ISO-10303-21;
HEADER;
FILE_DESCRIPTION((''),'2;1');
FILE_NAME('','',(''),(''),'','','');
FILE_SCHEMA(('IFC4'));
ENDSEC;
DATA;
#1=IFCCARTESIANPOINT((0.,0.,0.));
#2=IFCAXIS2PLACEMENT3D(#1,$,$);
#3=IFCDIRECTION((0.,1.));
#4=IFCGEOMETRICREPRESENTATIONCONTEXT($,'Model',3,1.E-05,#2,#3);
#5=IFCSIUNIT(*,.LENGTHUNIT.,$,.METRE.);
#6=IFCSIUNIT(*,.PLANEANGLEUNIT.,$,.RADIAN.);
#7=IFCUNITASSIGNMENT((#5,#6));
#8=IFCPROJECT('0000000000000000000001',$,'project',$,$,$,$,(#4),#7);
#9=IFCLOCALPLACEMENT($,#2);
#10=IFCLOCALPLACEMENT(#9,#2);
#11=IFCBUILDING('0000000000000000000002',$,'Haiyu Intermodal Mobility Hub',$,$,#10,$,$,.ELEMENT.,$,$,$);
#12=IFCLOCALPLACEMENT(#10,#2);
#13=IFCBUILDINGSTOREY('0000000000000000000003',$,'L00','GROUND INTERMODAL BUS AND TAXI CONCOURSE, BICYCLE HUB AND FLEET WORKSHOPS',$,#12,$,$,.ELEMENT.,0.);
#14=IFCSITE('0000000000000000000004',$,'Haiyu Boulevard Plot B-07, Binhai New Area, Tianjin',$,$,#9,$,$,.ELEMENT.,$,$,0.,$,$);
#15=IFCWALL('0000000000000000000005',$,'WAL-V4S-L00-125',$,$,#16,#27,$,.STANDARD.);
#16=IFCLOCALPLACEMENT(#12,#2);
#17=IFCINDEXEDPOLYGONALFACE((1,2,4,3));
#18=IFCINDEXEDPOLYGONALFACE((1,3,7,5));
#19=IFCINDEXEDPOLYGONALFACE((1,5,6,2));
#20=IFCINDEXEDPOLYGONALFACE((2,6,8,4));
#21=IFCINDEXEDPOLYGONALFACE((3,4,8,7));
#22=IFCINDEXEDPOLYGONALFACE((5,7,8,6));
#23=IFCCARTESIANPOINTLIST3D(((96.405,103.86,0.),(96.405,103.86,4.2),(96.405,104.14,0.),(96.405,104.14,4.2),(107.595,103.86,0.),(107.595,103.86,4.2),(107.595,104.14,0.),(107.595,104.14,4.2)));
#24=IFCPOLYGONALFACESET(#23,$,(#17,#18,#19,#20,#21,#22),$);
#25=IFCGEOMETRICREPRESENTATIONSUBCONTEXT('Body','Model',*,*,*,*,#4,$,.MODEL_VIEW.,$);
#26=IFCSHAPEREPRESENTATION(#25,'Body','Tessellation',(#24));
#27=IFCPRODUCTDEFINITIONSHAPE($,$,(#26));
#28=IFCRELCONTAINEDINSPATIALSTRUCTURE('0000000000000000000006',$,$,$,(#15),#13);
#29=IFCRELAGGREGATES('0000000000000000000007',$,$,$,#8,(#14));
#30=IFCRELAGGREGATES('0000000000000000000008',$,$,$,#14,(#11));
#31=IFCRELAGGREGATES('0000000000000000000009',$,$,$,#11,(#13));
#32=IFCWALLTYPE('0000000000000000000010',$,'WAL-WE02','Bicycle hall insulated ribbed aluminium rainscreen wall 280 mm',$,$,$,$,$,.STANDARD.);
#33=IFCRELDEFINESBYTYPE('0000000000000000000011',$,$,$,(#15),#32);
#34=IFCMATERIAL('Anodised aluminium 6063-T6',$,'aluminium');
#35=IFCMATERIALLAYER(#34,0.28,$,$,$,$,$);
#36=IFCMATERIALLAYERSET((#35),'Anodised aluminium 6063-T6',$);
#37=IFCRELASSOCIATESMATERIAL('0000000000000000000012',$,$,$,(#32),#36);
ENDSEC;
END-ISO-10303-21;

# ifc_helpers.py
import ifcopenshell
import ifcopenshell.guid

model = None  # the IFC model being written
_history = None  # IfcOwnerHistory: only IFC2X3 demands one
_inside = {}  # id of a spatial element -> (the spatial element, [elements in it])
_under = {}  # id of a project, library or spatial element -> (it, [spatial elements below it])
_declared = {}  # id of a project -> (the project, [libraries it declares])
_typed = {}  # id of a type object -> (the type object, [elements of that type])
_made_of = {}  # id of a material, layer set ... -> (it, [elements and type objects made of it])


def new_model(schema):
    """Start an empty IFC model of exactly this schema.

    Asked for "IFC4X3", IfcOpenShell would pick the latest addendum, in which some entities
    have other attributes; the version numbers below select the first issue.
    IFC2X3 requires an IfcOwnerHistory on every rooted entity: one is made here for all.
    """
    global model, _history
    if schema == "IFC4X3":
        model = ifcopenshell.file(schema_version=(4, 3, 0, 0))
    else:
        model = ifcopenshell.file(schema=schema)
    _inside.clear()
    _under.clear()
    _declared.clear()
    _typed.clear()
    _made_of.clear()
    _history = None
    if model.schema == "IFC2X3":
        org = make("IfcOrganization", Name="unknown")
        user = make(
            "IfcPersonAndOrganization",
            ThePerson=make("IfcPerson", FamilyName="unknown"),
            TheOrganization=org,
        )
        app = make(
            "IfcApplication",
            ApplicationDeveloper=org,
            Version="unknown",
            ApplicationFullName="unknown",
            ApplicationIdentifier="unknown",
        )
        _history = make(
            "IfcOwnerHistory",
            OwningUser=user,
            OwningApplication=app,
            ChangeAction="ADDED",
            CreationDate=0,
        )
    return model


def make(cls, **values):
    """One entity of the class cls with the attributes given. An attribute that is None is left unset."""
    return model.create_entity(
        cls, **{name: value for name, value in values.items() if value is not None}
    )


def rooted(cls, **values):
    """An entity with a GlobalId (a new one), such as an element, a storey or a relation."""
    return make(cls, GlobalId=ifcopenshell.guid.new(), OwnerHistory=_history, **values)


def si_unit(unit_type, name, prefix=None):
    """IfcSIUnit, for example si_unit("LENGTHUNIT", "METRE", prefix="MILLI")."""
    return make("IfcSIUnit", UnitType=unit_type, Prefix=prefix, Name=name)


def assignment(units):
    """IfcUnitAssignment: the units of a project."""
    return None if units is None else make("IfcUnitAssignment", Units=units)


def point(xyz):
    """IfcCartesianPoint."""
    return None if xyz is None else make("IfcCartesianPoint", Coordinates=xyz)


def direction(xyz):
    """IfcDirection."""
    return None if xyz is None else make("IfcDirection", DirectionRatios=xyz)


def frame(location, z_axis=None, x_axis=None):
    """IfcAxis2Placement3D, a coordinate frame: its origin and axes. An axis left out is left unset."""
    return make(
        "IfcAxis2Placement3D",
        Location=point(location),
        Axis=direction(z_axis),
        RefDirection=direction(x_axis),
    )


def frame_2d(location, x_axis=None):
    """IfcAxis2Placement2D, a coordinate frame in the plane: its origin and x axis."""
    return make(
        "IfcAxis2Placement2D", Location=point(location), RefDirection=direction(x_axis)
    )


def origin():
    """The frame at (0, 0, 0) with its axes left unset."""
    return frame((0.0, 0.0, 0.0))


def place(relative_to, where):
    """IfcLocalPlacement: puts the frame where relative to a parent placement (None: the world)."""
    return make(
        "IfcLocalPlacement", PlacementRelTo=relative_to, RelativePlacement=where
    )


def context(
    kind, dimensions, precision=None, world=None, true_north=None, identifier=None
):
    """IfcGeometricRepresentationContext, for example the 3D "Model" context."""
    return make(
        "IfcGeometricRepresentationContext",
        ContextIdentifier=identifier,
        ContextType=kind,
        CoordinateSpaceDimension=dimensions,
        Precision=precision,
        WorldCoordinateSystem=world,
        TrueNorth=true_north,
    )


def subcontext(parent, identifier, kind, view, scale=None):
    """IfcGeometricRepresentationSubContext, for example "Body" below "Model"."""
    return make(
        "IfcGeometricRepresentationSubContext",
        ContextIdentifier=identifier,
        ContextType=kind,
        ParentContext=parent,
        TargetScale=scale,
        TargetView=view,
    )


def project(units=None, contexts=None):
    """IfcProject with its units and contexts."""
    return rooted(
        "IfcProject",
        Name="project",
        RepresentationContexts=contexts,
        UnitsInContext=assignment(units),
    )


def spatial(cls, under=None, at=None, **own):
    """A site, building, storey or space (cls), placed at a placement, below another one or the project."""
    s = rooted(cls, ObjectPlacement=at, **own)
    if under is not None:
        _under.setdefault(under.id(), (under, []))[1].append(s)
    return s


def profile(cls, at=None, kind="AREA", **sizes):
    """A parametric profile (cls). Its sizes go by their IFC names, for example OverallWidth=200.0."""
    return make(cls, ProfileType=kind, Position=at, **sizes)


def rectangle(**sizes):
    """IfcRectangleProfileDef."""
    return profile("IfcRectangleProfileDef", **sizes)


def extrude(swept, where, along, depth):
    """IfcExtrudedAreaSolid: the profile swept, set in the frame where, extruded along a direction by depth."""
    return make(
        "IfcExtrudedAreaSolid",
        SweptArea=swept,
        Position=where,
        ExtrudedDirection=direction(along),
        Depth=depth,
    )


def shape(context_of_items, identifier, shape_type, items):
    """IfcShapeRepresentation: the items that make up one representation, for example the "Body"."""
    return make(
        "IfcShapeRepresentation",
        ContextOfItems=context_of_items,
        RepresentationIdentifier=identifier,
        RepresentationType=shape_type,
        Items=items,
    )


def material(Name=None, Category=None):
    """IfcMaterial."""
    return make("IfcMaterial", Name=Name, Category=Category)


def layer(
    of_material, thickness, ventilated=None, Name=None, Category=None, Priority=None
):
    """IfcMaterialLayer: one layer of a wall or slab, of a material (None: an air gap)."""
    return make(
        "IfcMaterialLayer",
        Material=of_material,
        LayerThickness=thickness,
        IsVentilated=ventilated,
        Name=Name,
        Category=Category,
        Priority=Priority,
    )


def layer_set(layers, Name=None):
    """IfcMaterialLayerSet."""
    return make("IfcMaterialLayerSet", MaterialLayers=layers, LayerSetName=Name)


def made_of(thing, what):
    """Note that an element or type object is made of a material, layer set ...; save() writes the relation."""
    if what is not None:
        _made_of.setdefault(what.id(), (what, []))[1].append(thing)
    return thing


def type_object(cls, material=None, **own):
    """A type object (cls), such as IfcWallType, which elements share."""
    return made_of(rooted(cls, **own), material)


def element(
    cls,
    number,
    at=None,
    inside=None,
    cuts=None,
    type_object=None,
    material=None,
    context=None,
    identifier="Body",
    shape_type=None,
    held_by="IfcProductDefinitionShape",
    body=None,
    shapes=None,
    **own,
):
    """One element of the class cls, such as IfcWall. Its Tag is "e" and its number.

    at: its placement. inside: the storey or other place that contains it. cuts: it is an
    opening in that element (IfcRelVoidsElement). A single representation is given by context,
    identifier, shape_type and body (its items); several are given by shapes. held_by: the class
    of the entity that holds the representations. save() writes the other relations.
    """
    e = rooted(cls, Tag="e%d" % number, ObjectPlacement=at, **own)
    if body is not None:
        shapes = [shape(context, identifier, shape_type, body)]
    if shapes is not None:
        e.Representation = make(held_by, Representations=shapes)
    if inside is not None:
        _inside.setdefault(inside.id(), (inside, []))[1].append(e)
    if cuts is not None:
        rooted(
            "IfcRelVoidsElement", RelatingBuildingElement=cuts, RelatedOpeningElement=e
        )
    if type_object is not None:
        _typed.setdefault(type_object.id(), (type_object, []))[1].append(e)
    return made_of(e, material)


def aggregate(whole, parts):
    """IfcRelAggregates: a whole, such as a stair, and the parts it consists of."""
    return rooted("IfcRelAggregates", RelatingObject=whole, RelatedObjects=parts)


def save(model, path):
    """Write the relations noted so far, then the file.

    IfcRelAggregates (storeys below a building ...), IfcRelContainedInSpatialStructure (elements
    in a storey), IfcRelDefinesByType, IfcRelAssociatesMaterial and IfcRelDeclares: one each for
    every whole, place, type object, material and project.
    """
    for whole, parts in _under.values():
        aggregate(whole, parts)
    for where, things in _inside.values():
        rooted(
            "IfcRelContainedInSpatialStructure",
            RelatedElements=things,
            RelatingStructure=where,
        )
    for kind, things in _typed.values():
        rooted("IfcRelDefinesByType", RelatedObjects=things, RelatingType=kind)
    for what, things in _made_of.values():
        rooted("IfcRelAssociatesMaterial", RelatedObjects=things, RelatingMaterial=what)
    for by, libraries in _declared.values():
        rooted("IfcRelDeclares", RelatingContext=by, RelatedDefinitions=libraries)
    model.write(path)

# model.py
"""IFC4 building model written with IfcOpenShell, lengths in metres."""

from ifc_helpers import new_model, si_unit, direction, frame, frame_2d, origin, place, context, subcontext, project, spatial, rectangle, extrude, material, layer, layer_set, type_object, element, save


model = new_model("IFC4")

# Units and contexts
model_context = context("Model", 3, precision=1e-05, world=origin(), true_north=direction((0.0, 1.0)))
body_context = subcontext(model_context, "Body", "Model", "MODEL_VIEW")
ifc_project = project(units=[si_unit("LENGTHUNIT", "METRE"), si_unit("PLANEANGLEUNIT", "RADIAN")], contexts=[model_context])

# Site, building, storey
site_placement = place(None, origin())
site = spatial("IfcSite", under=ifc_project, at=site_placement, Name="Haiyu Boulevard Plot B-07, Binhai New Area, Tianjin", CompositionType="ELEMENT", RefElevation=0.0)
building_placement = place(site_placement, origin())
building = spatial("IfcBuilding", under=site, at=building_placement, Name="Haiyu Intermodal Mobility Hub", CompositionType="ELEMENT")
storey_placement = place(building_placement, origin())
storey = spatial("IfcBuildingStorey", under=building, at=storey_placement, Name="L00", Description="GROUND INTERMODAL BUS AND TAXI CONCOURSE, BICYCLE HUB AND FLEET WORKSHOPS", CompositionType="ELEMENT", Elevation=0.0)

# Wall
ifc_material_1 = material(Name="Anodised aluminium 6063-T6", Category="aluminium")
ifc_layer_1 = layer(ifc_material_1, 0.28)
ifc_layer_set_1 = layer_set([ifc_layer_1], Name="Anodised aluminium 6063-T6")
wall_type = type_object("IfcWallType", Name="WAL-WE02", Description="Bicycle hall insulated ribbed aluminium rainscreen wall 280 mm", PredefinedType="STANDARD", material=ifc_layer_set_1)
wall_placement = place(storey_placement, frame((96.405, 104.0, 0.0), z_axis=(0.0, 0.0, 1.0), x_axis=(1.0, 0.0, 0.0)))
element("IfcWall", 1, at=wall_placement, inside=storey, type_object=wall_type, Name="WAL-V4S-L00-125", PredefinedType="STANDARD", context=body_context, shape_type="SweptSolid", body=[
    extrude(rectangle(XDim=11.1899, YDim=0.28, at=frame_2d((5.595, 0.0))), origin(), (0.0, 0.0, 1.0), 4.2),
])

save(model, "model.ifc")
